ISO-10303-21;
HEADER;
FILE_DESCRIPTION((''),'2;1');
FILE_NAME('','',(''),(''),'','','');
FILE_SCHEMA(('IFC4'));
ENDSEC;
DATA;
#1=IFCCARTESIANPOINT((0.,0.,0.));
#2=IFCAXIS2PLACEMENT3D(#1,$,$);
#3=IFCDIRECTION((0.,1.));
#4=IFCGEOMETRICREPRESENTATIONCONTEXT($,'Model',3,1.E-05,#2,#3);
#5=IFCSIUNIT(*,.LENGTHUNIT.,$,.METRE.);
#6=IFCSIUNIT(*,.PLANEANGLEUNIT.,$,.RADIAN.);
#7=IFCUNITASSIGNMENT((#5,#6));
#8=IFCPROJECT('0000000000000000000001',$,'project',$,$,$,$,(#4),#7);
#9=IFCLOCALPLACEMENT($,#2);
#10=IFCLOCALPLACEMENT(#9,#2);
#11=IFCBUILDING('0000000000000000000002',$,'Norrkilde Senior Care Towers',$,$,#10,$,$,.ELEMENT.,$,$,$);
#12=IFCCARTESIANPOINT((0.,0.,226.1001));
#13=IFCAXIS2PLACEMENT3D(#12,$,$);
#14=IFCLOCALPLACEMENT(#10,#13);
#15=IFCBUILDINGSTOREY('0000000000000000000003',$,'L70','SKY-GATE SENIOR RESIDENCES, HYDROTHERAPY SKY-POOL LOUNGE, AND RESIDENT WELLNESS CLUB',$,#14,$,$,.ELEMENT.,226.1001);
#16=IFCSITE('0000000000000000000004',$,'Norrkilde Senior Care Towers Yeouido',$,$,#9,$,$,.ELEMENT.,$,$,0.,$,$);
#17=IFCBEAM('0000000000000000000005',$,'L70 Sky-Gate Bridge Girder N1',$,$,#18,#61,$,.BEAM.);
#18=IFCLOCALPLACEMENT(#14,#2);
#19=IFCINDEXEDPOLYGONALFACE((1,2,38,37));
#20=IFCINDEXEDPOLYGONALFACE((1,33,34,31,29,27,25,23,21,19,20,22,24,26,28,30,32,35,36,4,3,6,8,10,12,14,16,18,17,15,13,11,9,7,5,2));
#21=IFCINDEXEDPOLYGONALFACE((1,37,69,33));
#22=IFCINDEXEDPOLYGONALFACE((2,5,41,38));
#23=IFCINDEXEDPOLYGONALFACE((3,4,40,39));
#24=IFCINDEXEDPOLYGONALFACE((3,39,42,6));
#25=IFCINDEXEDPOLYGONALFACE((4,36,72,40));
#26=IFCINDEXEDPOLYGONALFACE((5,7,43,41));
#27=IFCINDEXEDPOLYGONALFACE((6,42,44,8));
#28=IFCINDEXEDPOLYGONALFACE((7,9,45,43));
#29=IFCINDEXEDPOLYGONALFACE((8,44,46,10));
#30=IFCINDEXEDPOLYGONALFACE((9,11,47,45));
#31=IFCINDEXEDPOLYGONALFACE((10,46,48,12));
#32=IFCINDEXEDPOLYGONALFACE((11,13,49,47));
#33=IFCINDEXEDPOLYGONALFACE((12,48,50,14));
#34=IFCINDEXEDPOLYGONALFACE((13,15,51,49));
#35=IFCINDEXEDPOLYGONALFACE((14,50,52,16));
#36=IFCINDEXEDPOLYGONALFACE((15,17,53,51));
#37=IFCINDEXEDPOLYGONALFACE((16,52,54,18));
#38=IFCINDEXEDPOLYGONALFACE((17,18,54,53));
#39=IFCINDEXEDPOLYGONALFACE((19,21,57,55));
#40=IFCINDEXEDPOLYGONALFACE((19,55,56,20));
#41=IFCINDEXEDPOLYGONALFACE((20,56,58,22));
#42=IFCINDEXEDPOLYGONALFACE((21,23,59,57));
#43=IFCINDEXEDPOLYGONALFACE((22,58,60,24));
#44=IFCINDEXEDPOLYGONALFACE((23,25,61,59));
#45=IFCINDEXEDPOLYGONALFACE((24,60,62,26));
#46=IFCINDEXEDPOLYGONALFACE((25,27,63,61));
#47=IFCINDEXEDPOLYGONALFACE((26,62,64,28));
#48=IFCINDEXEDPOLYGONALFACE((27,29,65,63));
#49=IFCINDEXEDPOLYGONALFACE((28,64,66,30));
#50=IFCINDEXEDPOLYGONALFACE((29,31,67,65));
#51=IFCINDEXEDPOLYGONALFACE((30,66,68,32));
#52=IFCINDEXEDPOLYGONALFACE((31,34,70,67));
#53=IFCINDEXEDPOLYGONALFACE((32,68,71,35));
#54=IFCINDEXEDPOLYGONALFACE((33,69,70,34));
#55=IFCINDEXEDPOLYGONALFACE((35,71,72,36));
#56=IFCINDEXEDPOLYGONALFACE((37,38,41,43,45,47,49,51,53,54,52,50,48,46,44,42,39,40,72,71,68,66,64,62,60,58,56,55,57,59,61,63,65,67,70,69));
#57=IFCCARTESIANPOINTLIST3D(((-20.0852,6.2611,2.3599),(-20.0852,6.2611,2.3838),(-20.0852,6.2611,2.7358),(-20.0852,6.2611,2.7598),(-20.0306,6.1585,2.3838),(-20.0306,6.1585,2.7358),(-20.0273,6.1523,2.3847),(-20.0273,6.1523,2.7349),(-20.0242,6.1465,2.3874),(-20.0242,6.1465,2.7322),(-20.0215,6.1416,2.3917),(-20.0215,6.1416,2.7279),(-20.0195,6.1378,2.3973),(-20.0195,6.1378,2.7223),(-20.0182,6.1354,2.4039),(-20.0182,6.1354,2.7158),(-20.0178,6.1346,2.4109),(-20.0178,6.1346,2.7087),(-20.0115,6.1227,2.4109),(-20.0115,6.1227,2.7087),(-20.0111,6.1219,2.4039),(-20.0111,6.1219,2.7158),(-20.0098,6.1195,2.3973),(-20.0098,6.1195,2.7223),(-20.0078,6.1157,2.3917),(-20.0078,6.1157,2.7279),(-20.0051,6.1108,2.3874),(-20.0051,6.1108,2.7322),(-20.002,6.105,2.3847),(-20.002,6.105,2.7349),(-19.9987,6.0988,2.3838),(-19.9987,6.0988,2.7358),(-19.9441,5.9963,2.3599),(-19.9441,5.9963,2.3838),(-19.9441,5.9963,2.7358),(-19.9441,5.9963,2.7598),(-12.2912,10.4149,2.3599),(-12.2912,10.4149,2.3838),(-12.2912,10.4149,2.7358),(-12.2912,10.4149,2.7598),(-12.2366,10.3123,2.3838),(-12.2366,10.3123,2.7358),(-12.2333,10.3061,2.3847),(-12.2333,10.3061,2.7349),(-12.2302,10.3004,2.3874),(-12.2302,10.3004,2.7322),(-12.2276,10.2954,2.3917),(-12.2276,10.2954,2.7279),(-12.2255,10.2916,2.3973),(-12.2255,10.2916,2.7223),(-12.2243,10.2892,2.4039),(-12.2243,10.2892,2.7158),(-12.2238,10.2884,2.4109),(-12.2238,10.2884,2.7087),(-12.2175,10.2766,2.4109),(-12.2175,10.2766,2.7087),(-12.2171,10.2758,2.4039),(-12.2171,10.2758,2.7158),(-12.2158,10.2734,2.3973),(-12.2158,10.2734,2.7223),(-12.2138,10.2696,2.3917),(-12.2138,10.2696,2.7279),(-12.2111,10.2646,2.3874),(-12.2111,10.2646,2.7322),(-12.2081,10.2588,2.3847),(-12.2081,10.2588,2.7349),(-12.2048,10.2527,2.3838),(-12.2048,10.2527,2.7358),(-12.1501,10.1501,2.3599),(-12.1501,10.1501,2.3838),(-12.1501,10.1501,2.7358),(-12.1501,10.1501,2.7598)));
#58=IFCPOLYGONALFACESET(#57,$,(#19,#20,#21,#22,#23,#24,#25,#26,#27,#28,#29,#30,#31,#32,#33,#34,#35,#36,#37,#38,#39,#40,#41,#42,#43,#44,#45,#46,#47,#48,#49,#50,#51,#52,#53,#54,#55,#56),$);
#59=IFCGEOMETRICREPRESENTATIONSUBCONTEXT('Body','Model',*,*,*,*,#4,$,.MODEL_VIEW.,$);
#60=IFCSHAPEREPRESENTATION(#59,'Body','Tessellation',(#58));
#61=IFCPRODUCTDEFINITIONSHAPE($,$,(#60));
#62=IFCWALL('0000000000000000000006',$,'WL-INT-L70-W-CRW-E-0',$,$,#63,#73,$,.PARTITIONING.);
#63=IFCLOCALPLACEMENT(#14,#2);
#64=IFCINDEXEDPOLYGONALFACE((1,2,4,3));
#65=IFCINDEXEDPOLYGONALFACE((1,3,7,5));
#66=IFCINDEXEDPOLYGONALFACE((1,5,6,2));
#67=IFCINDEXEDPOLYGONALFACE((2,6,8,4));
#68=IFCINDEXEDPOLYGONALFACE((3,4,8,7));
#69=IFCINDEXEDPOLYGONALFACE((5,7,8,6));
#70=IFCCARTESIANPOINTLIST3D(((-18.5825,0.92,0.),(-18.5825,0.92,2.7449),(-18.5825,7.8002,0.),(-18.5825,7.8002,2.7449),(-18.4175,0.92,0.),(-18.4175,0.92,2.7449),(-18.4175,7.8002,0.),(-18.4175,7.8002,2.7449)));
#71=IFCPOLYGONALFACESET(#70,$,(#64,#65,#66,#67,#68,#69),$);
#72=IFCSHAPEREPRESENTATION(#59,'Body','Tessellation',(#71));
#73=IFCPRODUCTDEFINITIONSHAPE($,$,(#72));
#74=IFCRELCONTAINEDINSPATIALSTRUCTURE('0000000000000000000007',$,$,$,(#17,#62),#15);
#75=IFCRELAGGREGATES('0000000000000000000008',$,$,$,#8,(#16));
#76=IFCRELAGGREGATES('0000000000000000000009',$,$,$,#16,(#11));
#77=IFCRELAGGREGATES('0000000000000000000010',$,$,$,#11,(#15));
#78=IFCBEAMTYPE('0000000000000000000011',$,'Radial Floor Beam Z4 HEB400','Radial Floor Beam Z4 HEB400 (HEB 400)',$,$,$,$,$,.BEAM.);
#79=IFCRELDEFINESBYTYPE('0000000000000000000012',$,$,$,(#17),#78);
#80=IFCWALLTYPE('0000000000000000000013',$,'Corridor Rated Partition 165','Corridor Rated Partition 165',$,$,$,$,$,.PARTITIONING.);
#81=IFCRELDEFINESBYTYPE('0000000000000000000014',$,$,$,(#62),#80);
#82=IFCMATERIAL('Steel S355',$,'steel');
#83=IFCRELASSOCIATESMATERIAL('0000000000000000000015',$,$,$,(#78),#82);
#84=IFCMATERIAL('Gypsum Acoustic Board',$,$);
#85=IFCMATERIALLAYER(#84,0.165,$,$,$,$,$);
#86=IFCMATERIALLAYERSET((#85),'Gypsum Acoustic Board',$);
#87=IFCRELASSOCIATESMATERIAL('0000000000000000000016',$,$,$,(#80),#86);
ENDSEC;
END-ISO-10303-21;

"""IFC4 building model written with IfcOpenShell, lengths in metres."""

from ifc_helpers import new_model, si_unit, direction, frame, frame_2d, origin, origin_2d, place, context, subcontext, project, spatial, rectangle, i_section, extrude, source, transform, mapped, material, layer, layer_set, material_profile, profile_set, type_object, type_shapes, element, save


model = new_model("IFC4")

# Units and contexts
model_context = context("Model", 3, precision=1e-05, world=origin(), true_north=direction((0.0, 1.0)))
body_context = subcontext(model_context, "Body", "Model", "MODEL_VIEW")
ifc_project = project(units=[si_unit("LENGTHUNIT", "METRE"), si_unit("PLANEANGLEUNIT", "RADIAN")], contexts=[model_context])

# Site, building, storey
site_placement = place(None, origin())
site = spatial("IfcSite", under=ifc_project, at=site_placement, Name="Norrkilde Senior Care Towers Yeouido", CompositionType="ELEMENT", RefElevation=0.0)
building_placement = place(site_placement, origin())
building = spatial("IfcBuilding", under=site, at=building_placement, Name="Norrkilde Senior Care Towers", CompositionType="ELEMENT")
storey_placement = place(building_placement, frame((0.0, 0.0, 226.1001)))
storey = spatial("IfcBuildingStorey", under=building, at=storey_placement, Name="L70", Description="SKY-GATE SENIOR RESIDENCES, HYDROTHERAPY SKY-POOL LOUNGE, AND RESIDENT WELLNESS CLUB", CompositionType="ELEMENT", Elevation=226.1001)

# Beam
ifc_material_1 = material(Name="Steel S355", Category="steel")
ifc_material_profile_1 = material_profile(ifc_material_1, i_section(OverallWidth=0.3, OverallDepth=0.3999, WebThickness=0.0134, FlangeThickness=0.0239, FilletRadius=0.0271, at=origin_2d()), Name="HEB 400")
ifc_profile_set_1 = profile_set([ifc_material_profile_1], Name="Steel S355")
beam_type_1 = type_object("IfcBeamType", Name="Radial Floor Beam Z4 HEB400", Description="Radial Floor Beam Z4 HEB400 (HEB 400)", PredefinedType="BEAM", material=ifc_profile_set_1)
shared_shape_1 = source(origin(), body_context, "Body", "SweptSolid", [
    extrude(i_section(OverallWidth=0.3, OverallDepth=0.3999, WebThickness=0.0134, FlangeThickness=0.0239, FilletRadius=0.0271, at=origin_2d()), origin(), (0.0, 0.0, 1.0), 8.8318),
])
beam_1_placement = place(storey_placement, frame((-20.0146, 6.1287, 2.5598), z_axis=(0.882492, 0.470327, 0.0), x_axis=(-0.470327, 0.882492, 0.0)))
element("IfcBeam", 1, at=beam_1_placement, inside=storey, type_object=beam_type_1, Name="L70 Sky-Gate Bridge Girder N1", PredefinedType="BEAM", context=body_context, shape_type="MappedRepresentation", body=[
    mapped(shared_shape_1, transform((0.0, 0.0, 0.0), x_axis=(1.0, 0.0, 0.0), y_axis=(0.0, 1.0, 0.0), z_axis=(0.0, 0.0, 1.0), scale=1.0)),
])

# Wall
ifc_material_2 = material(Name="Gypsum Acoustic Board")
ifc_layer_1 = layer(ifc_material_2, 0.165)
ifc_layer_set_1 = layer_set([ifc_layer_1], Name="Gypsum Acoustic Board")
wall_type_1 = type_object("IfcWallType", Name="Corridor Rated Partition 165", Description="Corridor Rated Partition 165", PredefinedType="PARTITIONING", material=ifc_layer_set_1)
shared_shape_2 = source(origin(), body_context, "Body", "SweptSolid", [
    extrude(rectangle(XDim=6.8801, YDim=0.165, at=frame_2d((3.4399, 0.0))), origin(), (0.0, 0.0, 1.0), 2.7449),
])
type_shapes(wall_type_1, [shared_shape_2])
wall_1_placement = place(storey_placement, frame((-18.5, 7.8, 0.0), z_axis=(0.0, 0.0, 1.0), x_axis=(0.0, -1.0, 0.0)))
element("IfcWall", 2, at=wall_1_placement, inside=storey, type_object=wall_type_1, Name="WL-INT-L70-W-CRW-E-0", PredefinedType="PARTITIONING", context=body_context, shape_type="MappedRepresentation", body=[
    mapped(shared_shape_2, transform((0.0, 0.0, 0.0), x_axis=(1.0, 0.0, 0.0), y_axis=(0.0, 1.0, 0.0), z_axis=(0.0, 0.0, 1.0), scale=1.0)),
])

save(model, "model.ifc")
